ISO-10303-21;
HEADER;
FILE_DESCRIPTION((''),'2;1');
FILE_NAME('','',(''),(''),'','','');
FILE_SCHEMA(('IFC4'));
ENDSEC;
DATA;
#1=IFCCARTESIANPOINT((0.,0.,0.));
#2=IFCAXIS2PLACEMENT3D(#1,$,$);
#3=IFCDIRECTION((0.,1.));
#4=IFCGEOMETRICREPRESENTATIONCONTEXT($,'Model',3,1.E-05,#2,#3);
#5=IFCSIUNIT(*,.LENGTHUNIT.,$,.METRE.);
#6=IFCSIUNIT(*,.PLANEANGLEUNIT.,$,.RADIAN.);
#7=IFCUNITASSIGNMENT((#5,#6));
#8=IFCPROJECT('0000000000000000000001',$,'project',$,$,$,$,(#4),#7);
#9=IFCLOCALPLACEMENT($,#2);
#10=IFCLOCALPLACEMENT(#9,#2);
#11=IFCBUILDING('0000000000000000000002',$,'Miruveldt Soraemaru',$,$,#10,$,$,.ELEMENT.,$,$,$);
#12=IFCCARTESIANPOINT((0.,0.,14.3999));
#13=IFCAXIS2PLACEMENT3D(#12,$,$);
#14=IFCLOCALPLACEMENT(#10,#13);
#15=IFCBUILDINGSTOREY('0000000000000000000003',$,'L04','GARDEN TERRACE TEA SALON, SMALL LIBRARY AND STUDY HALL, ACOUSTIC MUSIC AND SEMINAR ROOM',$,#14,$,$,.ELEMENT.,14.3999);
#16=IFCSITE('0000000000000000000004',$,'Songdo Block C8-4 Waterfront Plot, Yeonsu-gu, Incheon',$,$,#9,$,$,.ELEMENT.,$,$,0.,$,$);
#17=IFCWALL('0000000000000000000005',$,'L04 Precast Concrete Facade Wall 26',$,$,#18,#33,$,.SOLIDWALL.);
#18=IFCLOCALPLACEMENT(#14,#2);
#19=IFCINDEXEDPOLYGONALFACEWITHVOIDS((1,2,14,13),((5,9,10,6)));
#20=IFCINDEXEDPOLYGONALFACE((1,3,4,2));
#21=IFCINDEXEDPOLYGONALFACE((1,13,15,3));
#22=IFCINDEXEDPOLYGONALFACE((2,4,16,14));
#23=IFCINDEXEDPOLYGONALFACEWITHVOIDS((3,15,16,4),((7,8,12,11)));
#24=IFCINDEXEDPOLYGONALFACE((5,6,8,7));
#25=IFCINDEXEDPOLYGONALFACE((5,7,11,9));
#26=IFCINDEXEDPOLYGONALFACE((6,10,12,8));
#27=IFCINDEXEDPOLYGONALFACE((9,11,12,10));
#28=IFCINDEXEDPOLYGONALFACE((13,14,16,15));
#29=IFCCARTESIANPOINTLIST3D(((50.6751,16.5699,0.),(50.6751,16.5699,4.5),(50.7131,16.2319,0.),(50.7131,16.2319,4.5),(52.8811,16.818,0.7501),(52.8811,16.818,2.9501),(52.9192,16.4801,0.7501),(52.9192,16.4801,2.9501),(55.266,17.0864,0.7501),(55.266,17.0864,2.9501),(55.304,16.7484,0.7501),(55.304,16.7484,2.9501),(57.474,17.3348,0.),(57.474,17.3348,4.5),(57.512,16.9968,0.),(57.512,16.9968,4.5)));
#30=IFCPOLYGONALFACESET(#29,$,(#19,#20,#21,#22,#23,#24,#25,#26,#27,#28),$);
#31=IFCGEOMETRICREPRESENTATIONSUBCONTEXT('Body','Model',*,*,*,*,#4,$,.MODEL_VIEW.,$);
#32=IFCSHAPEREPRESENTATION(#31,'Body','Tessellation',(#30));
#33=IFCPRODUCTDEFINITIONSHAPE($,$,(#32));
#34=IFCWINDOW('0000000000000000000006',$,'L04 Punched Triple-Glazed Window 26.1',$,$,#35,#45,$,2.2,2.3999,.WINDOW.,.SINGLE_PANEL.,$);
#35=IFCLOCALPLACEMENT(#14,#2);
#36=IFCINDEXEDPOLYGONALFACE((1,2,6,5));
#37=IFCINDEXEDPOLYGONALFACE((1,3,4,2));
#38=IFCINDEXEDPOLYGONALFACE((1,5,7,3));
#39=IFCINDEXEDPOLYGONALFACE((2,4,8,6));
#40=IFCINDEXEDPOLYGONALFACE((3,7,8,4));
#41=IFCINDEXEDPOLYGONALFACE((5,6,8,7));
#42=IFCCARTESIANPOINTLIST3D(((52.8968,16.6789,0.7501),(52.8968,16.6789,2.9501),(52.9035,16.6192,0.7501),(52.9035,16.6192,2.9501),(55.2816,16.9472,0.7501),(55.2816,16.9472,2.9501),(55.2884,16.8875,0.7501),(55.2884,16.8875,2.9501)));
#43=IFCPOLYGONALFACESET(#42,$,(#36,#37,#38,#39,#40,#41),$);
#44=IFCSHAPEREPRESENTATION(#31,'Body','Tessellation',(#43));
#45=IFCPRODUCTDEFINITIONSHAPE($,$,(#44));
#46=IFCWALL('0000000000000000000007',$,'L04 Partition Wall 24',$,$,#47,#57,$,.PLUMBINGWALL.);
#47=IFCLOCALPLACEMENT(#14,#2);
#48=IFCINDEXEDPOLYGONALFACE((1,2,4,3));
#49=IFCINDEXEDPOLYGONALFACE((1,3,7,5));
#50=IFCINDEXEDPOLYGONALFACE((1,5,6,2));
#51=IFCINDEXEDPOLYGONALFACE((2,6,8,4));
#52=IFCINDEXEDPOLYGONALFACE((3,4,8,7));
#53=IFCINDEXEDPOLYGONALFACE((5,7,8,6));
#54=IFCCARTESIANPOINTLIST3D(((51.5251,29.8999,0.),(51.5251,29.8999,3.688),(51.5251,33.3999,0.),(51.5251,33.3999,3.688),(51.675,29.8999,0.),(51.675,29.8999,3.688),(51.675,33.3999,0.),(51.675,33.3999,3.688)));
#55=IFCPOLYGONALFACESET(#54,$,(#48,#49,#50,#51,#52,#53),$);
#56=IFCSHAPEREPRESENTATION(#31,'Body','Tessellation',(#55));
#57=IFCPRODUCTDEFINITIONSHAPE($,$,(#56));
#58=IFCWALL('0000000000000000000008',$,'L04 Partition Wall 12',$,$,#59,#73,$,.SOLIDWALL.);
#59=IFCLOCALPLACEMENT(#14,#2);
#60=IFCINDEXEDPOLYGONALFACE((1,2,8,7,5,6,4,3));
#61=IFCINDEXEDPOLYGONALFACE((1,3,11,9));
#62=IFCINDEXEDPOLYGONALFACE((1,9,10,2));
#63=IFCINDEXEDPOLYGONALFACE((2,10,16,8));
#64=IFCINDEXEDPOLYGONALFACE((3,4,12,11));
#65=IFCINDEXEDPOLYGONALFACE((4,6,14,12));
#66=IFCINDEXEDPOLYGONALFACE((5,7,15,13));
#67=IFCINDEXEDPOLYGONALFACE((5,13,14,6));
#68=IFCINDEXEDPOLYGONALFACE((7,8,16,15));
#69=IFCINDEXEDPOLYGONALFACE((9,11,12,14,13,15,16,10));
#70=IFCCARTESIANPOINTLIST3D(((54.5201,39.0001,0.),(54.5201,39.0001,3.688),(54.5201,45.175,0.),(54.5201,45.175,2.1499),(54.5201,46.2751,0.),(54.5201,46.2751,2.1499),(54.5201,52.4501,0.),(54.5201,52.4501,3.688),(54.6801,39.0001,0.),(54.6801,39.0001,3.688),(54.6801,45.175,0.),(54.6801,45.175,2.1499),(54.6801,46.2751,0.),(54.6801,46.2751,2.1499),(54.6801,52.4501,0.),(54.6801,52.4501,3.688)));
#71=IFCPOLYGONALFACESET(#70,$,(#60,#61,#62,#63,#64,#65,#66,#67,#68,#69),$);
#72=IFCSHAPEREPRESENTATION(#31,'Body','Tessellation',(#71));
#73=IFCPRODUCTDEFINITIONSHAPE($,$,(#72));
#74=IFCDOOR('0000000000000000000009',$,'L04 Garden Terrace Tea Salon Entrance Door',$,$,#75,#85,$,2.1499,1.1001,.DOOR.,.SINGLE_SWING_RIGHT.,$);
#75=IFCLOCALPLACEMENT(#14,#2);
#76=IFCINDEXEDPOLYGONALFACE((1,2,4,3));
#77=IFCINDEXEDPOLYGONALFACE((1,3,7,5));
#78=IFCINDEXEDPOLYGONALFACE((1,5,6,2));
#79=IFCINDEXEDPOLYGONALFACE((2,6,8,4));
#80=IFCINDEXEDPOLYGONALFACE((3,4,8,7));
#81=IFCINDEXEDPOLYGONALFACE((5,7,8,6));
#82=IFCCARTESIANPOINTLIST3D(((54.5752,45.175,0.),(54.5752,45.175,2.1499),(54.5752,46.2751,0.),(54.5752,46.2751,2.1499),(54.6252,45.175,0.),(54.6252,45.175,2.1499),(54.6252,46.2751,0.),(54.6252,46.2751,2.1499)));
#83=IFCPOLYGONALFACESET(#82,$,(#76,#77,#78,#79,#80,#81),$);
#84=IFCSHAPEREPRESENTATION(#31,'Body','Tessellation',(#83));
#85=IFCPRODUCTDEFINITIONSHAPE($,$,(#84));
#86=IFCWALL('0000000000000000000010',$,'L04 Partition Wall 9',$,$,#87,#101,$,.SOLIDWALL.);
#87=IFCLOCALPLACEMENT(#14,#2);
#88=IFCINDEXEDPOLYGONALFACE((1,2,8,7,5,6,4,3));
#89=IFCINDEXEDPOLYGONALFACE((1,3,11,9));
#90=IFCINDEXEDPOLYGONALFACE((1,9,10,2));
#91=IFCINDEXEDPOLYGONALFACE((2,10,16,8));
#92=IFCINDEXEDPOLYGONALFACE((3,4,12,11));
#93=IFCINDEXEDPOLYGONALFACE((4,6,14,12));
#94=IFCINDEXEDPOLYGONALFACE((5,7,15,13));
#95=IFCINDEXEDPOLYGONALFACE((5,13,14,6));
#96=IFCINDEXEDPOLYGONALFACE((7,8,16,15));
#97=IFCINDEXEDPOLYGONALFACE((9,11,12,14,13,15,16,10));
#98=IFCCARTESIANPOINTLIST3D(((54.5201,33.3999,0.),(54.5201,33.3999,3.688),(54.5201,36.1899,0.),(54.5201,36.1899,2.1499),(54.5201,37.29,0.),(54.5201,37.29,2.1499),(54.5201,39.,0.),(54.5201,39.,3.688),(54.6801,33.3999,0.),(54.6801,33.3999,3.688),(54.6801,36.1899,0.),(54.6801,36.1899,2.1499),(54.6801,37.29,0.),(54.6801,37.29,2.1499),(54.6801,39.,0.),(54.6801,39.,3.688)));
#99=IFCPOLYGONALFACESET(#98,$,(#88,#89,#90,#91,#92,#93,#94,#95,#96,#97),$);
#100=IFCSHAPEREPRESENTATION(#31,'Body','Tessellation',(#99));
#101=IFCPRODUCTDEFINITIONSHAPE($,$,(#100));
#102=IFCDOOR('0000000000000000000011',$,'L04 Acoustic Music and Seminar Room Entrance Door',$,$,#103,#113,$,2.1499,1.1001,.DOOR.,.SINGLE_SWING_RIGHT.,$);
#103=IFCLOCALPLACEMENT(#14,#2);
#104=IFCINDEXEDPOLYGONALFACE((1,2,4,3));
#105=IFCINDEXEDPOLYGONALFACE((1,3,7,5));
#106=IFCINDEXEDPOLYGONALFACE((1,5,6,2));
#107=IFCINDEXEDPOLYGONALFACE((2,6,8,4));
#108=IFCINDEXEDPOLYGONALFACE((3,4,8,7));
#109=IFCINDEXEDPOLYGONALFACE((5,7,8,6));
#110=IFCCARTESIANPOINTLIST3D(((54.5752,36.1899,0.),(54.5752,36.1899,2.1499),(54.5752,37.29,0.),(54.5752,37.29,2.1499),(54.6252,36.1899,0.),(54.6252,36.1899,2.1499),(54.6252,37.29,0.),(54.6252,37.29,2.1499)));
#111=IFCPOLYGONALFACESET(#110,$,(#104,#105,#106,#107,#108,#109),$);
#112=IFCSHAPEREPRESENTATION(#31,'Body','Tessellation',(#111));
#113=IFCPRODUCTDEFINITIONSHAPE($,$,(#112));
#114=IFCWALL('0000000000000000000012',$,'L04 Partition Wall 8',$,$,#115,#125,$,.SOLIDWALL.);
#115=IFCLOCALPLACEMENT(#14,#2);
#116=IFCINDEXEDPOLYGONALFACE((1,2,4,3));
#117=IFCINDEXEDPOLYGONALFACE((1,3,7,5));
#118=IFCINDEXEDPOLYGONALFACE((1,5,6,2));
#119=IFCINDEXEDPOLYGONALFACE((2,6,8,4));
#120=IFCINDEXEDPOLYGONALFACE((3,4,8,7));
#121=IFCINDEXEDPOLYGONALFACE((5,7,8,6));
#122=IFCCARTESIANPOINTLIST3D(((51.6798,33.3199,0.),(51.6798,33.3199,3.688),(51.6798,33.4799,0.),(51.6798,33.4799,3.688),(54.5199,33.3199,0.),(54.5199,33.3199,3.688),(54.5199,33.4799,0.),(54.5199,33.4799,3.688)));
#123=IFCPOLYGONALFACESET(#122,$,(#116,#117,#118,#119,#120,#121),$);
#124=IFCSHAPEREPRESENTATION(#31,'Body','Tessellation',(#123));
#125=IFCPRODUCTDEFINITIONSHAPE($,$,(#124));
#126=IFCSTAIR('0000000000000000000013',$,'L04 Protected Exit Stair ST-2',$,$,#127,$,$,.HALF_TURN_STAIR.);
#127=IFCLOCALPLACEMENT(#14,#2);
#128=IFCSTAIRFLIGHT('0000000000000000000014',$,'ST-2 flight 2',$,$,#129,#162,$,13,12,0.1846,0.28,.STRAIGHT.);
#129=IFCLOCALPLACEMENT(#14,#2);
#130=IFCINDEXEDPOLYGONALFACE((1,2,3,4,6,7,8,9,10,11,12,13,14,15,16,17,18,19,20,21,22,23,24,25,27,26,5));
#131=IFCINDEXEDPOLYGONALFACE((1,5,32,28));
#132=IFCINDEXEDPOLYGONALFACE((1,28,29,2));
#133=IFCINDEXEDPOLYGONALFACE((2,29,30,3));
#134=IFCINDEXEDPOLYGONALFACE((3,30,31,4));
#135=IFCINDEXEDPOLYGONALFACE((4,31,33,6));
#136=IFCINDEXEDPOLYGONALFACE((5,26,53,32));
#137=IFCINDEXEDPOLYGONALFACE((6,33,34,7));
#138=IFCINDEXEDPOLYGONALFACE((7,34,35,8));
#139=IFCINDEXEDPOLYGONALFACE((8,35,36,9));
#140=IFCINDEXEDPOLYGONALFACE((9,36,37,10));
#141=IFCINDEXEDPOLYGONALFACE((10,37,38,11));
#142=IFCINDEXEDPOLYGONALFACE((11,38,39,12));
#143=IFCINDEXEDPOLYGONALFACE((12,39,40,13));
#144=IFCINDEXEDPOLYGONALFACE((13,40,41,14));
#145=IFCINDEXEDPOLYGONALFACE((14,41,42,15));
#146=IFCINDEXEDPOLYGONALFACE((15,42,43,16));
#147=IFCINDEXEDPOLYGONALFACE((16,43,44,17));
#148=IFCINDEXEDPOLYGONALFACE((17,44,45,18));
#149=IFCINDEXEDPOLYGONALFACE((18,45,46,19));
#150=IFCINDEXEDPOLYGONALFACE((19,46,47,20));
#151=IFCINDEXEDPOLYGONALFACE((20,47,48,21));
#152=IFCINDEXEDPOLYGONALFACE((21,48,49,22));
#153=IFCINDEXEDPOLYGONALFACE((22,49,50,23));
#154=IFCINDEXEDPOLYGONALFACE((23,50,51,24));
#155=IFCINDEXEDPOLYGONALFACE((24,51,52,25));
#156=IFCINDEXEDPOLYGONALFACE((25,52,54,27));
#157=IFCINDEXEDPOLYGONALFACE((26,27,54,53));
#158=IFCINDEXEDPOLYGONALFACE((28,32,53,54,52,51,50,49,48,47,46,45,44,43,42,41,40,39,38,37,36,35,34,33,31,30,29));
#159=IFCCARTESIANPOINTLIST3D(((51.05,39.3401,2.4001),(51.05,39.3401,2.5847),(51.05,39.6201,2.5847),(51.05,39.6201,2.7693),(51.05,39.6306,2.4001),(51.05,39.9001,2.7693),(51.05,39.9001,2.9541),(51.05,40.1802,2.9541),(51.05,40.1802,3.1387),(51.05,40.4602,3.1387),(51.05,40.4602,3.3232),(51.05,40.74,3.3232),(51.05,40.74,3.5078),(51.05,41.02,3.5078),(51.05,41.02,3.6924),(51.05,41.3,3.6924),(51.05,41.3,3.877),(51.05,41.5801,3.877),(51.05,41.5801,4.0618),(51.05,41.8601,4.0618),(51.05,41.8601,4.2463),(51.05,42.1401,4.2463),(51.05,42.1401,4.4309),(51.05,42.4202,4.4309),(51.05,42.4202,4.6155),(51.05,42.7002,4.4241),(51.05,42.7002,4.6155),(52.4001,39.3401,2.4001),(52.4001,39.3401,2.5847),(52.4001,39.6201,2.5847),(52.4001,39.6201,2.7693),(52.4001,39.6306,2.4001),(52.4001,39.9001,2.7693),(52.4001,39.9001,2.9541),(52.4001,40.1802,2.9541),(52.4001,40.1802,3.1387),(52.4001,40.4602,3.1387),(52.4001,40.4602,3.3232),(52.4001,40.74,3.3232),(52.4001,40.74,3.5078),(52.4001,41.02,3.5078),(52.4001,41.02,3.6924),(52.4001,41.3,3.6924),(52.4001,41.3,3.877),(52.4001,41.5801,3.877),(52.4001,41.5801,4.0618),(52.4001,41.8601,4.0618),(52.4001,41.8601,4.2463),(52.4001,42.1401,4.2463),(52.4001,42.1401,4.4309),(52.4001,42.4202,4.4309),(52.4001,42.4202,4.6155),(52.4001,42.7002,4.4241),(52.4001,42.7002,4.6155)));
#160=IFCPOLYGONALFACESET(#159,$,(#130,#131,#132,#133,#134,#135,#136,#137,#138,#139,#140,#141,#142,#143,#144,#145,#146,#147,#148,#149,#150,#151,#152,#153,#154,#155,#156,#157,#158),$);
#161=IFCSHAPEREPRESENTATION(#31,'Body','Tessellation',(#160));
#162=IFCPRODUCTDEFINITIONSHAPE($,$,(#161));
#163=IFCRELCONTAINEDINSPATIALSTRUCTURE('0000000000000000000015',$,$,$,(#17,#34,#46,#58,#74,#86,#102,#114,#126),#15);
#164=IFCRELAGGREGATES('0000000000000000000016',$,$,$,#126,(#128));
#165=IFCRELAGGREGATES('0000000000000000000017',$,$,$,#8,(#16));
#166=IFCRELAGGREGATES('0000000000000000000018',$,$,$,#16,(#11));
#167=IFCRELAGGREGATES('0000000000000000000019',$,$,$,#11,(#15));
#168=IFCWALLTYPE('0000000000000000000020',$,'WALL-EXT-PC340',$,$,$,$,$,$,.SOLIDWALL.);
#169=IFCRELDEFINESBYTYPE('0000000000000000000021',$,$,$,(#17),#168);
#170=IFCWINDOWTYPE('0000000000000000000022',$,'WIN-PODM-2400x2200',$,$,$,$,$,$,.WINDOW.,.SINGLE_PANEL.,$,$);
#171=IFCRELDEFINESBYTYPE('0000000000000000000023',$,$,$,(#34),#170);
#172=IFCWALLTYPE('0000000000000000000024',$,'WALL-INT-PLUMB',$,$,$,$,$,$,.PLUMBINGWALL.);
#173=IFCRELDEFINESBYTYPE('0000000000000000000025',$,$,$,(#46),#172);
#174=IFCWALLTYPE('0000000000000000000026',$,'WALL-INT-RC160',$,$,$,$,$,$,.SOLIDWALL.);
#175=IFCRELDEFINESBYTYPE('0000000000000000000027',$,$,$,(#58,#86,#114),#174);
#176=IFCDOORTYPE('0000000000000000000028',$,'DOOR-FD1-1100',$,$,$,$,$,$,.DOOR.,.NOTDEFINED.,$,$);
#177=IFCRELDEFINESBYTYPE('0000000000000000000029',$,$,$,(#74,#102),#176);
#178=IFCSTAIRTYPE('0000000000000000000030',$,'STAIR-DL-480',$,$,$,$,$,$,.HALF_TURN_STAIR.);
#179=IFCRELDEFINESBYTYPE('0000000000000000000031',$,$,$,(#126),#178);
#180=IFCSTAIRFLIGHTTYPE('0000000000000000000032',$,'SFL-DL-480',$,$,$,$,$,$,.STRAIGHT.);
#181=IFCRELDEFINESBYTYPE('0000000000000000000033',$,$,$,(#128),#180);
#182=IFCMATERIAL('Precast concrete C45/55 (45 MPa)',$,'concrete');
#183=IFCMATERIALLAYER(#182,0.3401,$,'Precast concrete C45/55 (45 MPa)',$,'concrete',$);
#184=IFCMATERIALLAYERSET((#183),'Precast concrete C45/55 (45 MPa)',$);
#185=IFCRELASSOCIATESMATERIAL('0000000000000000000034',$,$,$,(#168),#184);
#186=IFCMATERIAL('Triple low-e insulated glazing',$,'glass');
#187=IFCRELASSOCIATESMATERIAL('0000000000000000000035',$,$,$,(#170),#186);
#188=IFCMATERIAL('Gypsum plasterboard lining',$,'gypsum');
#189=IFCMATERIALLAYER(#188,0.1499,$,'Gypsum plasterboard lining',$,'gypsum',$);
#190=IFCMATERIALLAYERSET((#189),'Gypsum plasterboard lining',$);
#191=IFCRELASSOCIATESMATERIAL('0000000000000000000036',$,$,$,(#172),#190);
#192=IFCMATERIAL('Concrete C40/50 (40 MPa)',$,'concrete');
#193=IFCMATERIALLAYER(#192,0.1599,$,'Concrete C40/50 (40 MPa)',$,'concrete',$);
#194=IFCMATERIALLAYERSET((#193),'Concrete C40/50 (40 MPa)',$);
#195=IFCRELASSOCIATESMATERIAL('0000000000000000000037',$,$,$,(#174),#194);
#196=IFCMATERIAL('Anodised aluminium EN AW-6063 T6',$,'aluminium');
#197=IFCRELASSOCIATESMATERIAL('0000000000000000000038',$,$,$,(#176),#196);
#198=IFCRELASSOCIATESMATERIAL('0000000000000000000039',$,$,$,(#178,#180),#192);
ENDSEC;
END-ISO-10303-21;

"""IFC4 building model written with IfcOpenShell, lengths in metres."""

from ifc_helpers import new_model, si_unit, direction, frame, frame_2d, origin, place, context, subcontext, project, spatial, polyline, rectangle, outline, extrude, material, layer, layer_set, type_object, element, fill, aggregate, save


model = new_model("IFC4")

# Units and contexts
model_context = context("Model", 3, precision=1e-05, world=origin(), true_north=direction((0.0, 1.0)))
body_context = subcontext(model_context, "Body", "Model", "MODEL_VIEW")
ifc_project = project(units=[si_unit("LENGTHUNIT", "METRE"), si_unit("PLANEANGLEUNIT", "RADIAN")], contexts=[model_context])

# Site, building, storey
site_placement = place(None, origin())
site = spatial("IfcSite", under=ifc_project, at=site_placement, Name="Songdo Block C8-4 Waterfront Plot, Yeonsu-gu, Incheon", CompositionType="ELEMENT", RefElevation=0.0)
building_placement = place(site_placement, origin())
building = spatial("IfcBuilding", under=site, at=building_placement, Name="Miruveldt Soraemaru", CompositionType="ELEMENT")
storey_placement = place(building_placement, frame((0.0, 0.0, 14.3999)))
storey = spatial("IfcBuildingStorey", under=building, at=storey_placement, Name="L04", Description="GARDEN TERRACE TEA SALON, SMALL LIBRARY AND STUDY HALL, ACOUSTIC MUSIC AND SEMINAR ROOM", CompositionType="ELEMENT", Elevation=14.3999)

# Wall, opening, window
ifc_material_1 = material(Name="Precast concrete C45/55 (45 MPa)", Category="concrete")
ifc_layer_1 = layer(ifc_material_1, 0.3401, Name="Precast concrete C45/55 (45 MPa)", Category="concrete")
ifc_layer_set_1 = layer_set([ifc_layer_1], Name="Precast concrete C45/55 (45 MPa)")
wall_type_1 = type_object("IfcWallType", Name="WALL-EXT-PC340", PredefinedType="SOLIDWALL", material=ifc_layer_set_1)
wall_1_placement = place(storey_placement, frame((50.6941, 16.4009, 0.0), z_axis=(0.0, 0.0, 1.0), x_axis=(0.993731, 0.111798, 0.0)))
wall_1 = element("IfcWall", 1, at=wall_1_placement, inside=storey, type_object=wall_type_1, Name="L04 Precast Concrete Facade Wall 26", PredefinedType="SOLIDWALL", context=body_context, shape_type="SweptSolid", body=[
    extrude(rectangle(XDim=6.8418, YDim=0.3401, at=frame_2d((3.4209, 0.0))), origin(), (0.0, 0.0, 1.0), 4.5),
])
opening_1_placement = place(wall_1_placement, frame((2.22, 0.0, 0.75)))
opening_1 = element("IfcOpeningElement", 2, at=opening_1_placement, cuts=wall_1, PredefinedType="OPENING", context=body_context, shape_type="SweptSolid", body=[
    extrude(rectangle(XDim=2.3999, YDim=2.2, at=frame_2d((1.2, 1.1001))), frame((0.0, 0.1802, 0.0), z_axis=(0.0, -1.0, 0.0), x_axis=(1.0, 0.0, 0.0)), (0.0, 0.0, 1.0), 0.3601),
])
ifc_material_2 = material(Name="Triple low-e insulated glazing", Category="glass")
window_type = type_object("IfcWindowType", Name="WIN-PODM-2400x2200", PartitioningType="SINGLE_PANEL", PredefinedType="WINDOW", material=ifc_material_2)
window_placement = place(opening_1_placement, origin())
window = element("IfcWindow", 3, at=window_placement, inside=storey, type_object=window_type, Name="L04 Punched Triple-Glazed Window 26.1", OverallHeight=2.2, OverallWidth=2.3999, PartitioningType="SINGLE_PANEL", PredefinedType="WINDOW", context=body_context, shape_type="SweptSolid", body=[
    extrude(rectangle(XDim=2.3999, YDim=2.2, at=frame_2d((1.2, 1.1001))), frame((0.0, 0.03, 0.0), z_axis=(0.0, -1.0, 0.0), x_axis=(1.0, 0.0, 0.0)), (0.0, 0.0, 1.0), 0.0601),
])
fill(opening_1, window)

# Wall
ifc_material_3 = material(Name="Gypsum plasterboard lining", Category="gypsum")
ifc_layer_2 = layer(ifc_material_3, 0.1499, Name="Gypsum plasterboard lining", Category="gypsum")
ifc_layer_set_2 = layer_set([ifc_layer_2], Name="Gypsum plasterboard lining")
wall_type_2 = type_object("IfcWallType", Name="WALL-INT-PLUMB", PredefinedType="PLUMBINGWALL", material=ifc_layer_set_2)
wall_2_placement = place(storey_placement, frame((51.6001, 29.8999, 0.0), z_axis=(0.0, 0.0, 1.0), x_axis=(0.0, 1.0, 0.0)))
element("IfcWall", 4, at=wall_2_placement, inside=storey, type_object=wall_type_2, Name="L04 Partition Wall 24", PredefinedType="PLUMBINGWALL", context=body_context, shape_type="SweptSolid", body=[
    extrude(rectangle(XDim=3.5, YDim=0.1499, at=frame_2d((1.75, 0.0))), origin(), (0.0, 0.0, 1.0), 3.688),
])

# Walls, openings, doors
ifc_material_4 = material(Name="Concrete C40/50 (40 MPa)", Category="concrete")
ifc_layer_3 = layer(ifc_material_4, 0.1599, Name="Concrete C40/50 (40 MPa)", Category="concrete")
ifc_layer_set_3 = layer_set([ifc_layer_3], Name="Concrete C40/50 (40 MPa)")
wall_type_3 = type_object("IfcWallType", Name="WALL-INT-RC160", PredefinedType="SOLIDWALL", material=ifc_layer_set_3)
wall_3_placement = place(storey_placement, frame((54.6001, 39.0, 0.0), z_axis=(0.0, 0.0, 1.0), x_axis=(0.0, 1.0, 0.0)))
wall_3 = element("IfcWall", 5, at=wall_3_placement, inside=storey, type_object=wall_type_3, Name="L04 Partition Wall 12", PredefinedType="SOLIDWALL", context=body_context, shape_type="SweptSolid", body=[
    extrude(rectangle(XDim=13.45, YDim=0.1599, at=frame_2d((6.7251, 0.0))), origin(), (0.0, 0.0, 1.0), 3.688),
])
opening_2_placement = place(wall_3_placement, frame((6.175, 0.0, 0.0)))
opening_2 = element("IfcOpeningElement", 6, at=opening_2_placement, cuts=wall_3, PredefinedType="OPENING", context=body_context, shape_type="SweptSolid", body=[
    extrude(rectangle(XDim=1.1001, YDim=2.1499, at=frame_2d((0.55, 1.075))), frame((0.0, 0.0898, 0.0), z_axis=(0.0, -1.0, 0.0), x_axis=(1.0, 0.0, 0.0)), (0.0, 0.0, 1.0), 0.1799),
])
ifc_material_5 = material(Name="Anodised aluminium EN AW-6063 T6", Category="aluminium")
door_type = type_object("IfcDoorType", Name="DOOR-FD1-1100", OperationType="NOTDEFINED", PredefinedType="DOOR", material=ifc_material_5)
door_1_placement = place(opening_2_placement, origin())
door_1 = element("IfcDoor", 7, at=door_1_placement, inside=storey, type_object=door_type, Name="L04 Garden Terrace Tea Salon Entrance Door", OperationType="SINGLE_SWING_RIGHT", OverallHeight=2.1499, OverallWidth=1.1001, PredefinedType="DOOR", context=body_context, shape_type="SweptSolid", body=[
    extrude(rectangle(XDim=1.1001, YDim=2.1499, at=frame_2d((0.55, 1.075))), frame((0.0, 0.0249, 0.0), z_axis=(0.0, -1.0, 0.0), x_axis=(1.0, 0.0, 0.0)), (0.0, 0.0, 1.0), 0.05),
])
fill(opening_2, door_1)
wall_4_placement = place(storey_placement, frame((54.6001, 33.3999, 0.0), z_axis=(0.0, 0.0, 1.0), x_axis=(0.0, 1.0, 0.0)))
wall_4 = element("IfcWall", 8, at=wall_4_placement, inside=storey, type_object=wall_type_3, Name="L04 Partition Wall 9", PredefinedType="SOLIDWALL", context=body_context, shape_type="SweptSolid", body=[
    extrude(rectangle(XDim=5.6001, YDim=0.1599, at=frame_2d((2.8, 0.0))), origin(), (0.0, 0.0, 1.0), 3.688),
])
opening_3_placement = place(wall_4_placement, frame((2.79, 0.0, 0.0)))
opening_3 = element("IfcOpeningElement", 9, at=opening_3_placement, cuts=wall_4, PredefinedType="OPENING", context=body_context, shape_type="SweptSolid", body=[
    extrude(rectangle(XDim=1.1001, YDim=2.1499, at=frame_2d((0.55, 1.075))), frame((0.0, 0.0898, 0.0), z_axis=(0.0, -1.0, 0.0), x_axis=(1.0, 0.0, 0.0)), (0.0, 0.0, 1.0), 0.1799),
])
door_2_placement = place(opening_3_placement, origin())
door_2 = element("IfcDoor", 10, at=door_2_placement, inside=storey, type_object=door_type, Name="L04 Acoustic Music and Seminar Room Entrance Door", OperationType="SINGLE_SWING_RIGHT", OverallHeight=2.1499, OverallWidth=1.1001, PredefinedType="DOOR", context=body_context, shape_type="SweptSolid", body=[
    extrude(rectangle(XDim=1.1001, YDim=2.1499, at=frame_2d((0.55, 1.075))), frame((0.0, 0.0249, 0.0), z_axis=(0.0, -1.0, 0.0), x_axis=(1.0, 0.0, 0.0)), (0.0, 0.0, 1.0), 0.05),
])
fill(opening_3, door_2)

# Wall
wall_5_placement = place(storey_placement, frame((51.6799, 33.3999, 0.0), z_axis=(0.0, 0.0, 1.0), x_axis=(1.0, 0.0, 0.0)))
element("IfcWall", 11, at=wall_5_placement, inside=storey, type_object=wall_type_3, Name="L04 Partition Wall 8", PredefinedType="SOLIDWALL", context=body_context, shape_type="SweptSolid", body=[
    extrude(rectangle(XDim=2.8401, YDim=0.1599, at=frame_2d((1.4199, 0.0))), origin(), (0.0, 0.0, 1.0), 3.688),
])

# Stair, stair flight
stair_type = type_object("IfcStairType", Name="STAIR-DL-480", PredefinedType="HALF_TURN_STAIR", material=ifc_material_4)
stair_placement = place(storey_placement, origin())
stair = element("IfcStair", 12, at=stair_placement, inside=storey, type_object=stair_type, Name="L04 Protected Exit Stair ST-2", PredefinedType="HALF_TURN_STAIR")
stair_flight_type = type_object("IfcStairFlightType", Name="SFL-DL-480", PredefinedType="STRAIGHT", material=ifc_material_4)
stair_flight_placement = place(storey_placement, frame((51.7251, 39.3401, 2.4001), z_axis=(0.0, 0.0, 1.0), x_axis=(0.0, 1.0, 0.0)))
stair_flight = element("IfcStairFlight", 13, at=stair_flight_placement, type_object=stair_flight_type, Name="ST-2 flight 2", NumberOfRisers=13, NumberOfTreads=12, PredefinedType="STRAIGHT", RiserHeight=0.1846, TreadLength=0.28, context=body_context, shape_type="SweptSolid", body=[
    extrude(outline(polyline([(0.0, 0.0), (0.0, 0.1846), (0.28, 0.1846), (0.28, 0.3691), (0.5601, 0.3691), (0.5601, 0.554), (0.8401, 0.554), (0.8401, 0.7385), (1.1201, 0.7385), (1.1201, 0.9231), (1.3999, 0.9231), (1.3999, 1.1077), (1.6799, 1.1077), (1.6799, 1.2922), (1.96, 1.2922), (1.96, 1.4768), (2.24, 1.4768), (2.24, 1.6616), (2.52, 1.6616), (2.52, 1.8462), (2.8, 1.8462), (2.8, 2.0308), (3.0801, 2.0308), (3.0801, 2.2153), (3.3601, 2.2153), (3.3601, 2.3999), (3.3601, 2.0239), (0.2905, 0.0), (0.0, 0.0)])), frame((0.0, 0.675, 0.0), z_axis=(0.0, -1.0, 0.0), x_axis=(1.0, 0.0, 0.0)), (0.0, 0.0, 1.0), 1.3501),
])
aggregate(stair, [stair_flight])

save(model, "model.ifc")
